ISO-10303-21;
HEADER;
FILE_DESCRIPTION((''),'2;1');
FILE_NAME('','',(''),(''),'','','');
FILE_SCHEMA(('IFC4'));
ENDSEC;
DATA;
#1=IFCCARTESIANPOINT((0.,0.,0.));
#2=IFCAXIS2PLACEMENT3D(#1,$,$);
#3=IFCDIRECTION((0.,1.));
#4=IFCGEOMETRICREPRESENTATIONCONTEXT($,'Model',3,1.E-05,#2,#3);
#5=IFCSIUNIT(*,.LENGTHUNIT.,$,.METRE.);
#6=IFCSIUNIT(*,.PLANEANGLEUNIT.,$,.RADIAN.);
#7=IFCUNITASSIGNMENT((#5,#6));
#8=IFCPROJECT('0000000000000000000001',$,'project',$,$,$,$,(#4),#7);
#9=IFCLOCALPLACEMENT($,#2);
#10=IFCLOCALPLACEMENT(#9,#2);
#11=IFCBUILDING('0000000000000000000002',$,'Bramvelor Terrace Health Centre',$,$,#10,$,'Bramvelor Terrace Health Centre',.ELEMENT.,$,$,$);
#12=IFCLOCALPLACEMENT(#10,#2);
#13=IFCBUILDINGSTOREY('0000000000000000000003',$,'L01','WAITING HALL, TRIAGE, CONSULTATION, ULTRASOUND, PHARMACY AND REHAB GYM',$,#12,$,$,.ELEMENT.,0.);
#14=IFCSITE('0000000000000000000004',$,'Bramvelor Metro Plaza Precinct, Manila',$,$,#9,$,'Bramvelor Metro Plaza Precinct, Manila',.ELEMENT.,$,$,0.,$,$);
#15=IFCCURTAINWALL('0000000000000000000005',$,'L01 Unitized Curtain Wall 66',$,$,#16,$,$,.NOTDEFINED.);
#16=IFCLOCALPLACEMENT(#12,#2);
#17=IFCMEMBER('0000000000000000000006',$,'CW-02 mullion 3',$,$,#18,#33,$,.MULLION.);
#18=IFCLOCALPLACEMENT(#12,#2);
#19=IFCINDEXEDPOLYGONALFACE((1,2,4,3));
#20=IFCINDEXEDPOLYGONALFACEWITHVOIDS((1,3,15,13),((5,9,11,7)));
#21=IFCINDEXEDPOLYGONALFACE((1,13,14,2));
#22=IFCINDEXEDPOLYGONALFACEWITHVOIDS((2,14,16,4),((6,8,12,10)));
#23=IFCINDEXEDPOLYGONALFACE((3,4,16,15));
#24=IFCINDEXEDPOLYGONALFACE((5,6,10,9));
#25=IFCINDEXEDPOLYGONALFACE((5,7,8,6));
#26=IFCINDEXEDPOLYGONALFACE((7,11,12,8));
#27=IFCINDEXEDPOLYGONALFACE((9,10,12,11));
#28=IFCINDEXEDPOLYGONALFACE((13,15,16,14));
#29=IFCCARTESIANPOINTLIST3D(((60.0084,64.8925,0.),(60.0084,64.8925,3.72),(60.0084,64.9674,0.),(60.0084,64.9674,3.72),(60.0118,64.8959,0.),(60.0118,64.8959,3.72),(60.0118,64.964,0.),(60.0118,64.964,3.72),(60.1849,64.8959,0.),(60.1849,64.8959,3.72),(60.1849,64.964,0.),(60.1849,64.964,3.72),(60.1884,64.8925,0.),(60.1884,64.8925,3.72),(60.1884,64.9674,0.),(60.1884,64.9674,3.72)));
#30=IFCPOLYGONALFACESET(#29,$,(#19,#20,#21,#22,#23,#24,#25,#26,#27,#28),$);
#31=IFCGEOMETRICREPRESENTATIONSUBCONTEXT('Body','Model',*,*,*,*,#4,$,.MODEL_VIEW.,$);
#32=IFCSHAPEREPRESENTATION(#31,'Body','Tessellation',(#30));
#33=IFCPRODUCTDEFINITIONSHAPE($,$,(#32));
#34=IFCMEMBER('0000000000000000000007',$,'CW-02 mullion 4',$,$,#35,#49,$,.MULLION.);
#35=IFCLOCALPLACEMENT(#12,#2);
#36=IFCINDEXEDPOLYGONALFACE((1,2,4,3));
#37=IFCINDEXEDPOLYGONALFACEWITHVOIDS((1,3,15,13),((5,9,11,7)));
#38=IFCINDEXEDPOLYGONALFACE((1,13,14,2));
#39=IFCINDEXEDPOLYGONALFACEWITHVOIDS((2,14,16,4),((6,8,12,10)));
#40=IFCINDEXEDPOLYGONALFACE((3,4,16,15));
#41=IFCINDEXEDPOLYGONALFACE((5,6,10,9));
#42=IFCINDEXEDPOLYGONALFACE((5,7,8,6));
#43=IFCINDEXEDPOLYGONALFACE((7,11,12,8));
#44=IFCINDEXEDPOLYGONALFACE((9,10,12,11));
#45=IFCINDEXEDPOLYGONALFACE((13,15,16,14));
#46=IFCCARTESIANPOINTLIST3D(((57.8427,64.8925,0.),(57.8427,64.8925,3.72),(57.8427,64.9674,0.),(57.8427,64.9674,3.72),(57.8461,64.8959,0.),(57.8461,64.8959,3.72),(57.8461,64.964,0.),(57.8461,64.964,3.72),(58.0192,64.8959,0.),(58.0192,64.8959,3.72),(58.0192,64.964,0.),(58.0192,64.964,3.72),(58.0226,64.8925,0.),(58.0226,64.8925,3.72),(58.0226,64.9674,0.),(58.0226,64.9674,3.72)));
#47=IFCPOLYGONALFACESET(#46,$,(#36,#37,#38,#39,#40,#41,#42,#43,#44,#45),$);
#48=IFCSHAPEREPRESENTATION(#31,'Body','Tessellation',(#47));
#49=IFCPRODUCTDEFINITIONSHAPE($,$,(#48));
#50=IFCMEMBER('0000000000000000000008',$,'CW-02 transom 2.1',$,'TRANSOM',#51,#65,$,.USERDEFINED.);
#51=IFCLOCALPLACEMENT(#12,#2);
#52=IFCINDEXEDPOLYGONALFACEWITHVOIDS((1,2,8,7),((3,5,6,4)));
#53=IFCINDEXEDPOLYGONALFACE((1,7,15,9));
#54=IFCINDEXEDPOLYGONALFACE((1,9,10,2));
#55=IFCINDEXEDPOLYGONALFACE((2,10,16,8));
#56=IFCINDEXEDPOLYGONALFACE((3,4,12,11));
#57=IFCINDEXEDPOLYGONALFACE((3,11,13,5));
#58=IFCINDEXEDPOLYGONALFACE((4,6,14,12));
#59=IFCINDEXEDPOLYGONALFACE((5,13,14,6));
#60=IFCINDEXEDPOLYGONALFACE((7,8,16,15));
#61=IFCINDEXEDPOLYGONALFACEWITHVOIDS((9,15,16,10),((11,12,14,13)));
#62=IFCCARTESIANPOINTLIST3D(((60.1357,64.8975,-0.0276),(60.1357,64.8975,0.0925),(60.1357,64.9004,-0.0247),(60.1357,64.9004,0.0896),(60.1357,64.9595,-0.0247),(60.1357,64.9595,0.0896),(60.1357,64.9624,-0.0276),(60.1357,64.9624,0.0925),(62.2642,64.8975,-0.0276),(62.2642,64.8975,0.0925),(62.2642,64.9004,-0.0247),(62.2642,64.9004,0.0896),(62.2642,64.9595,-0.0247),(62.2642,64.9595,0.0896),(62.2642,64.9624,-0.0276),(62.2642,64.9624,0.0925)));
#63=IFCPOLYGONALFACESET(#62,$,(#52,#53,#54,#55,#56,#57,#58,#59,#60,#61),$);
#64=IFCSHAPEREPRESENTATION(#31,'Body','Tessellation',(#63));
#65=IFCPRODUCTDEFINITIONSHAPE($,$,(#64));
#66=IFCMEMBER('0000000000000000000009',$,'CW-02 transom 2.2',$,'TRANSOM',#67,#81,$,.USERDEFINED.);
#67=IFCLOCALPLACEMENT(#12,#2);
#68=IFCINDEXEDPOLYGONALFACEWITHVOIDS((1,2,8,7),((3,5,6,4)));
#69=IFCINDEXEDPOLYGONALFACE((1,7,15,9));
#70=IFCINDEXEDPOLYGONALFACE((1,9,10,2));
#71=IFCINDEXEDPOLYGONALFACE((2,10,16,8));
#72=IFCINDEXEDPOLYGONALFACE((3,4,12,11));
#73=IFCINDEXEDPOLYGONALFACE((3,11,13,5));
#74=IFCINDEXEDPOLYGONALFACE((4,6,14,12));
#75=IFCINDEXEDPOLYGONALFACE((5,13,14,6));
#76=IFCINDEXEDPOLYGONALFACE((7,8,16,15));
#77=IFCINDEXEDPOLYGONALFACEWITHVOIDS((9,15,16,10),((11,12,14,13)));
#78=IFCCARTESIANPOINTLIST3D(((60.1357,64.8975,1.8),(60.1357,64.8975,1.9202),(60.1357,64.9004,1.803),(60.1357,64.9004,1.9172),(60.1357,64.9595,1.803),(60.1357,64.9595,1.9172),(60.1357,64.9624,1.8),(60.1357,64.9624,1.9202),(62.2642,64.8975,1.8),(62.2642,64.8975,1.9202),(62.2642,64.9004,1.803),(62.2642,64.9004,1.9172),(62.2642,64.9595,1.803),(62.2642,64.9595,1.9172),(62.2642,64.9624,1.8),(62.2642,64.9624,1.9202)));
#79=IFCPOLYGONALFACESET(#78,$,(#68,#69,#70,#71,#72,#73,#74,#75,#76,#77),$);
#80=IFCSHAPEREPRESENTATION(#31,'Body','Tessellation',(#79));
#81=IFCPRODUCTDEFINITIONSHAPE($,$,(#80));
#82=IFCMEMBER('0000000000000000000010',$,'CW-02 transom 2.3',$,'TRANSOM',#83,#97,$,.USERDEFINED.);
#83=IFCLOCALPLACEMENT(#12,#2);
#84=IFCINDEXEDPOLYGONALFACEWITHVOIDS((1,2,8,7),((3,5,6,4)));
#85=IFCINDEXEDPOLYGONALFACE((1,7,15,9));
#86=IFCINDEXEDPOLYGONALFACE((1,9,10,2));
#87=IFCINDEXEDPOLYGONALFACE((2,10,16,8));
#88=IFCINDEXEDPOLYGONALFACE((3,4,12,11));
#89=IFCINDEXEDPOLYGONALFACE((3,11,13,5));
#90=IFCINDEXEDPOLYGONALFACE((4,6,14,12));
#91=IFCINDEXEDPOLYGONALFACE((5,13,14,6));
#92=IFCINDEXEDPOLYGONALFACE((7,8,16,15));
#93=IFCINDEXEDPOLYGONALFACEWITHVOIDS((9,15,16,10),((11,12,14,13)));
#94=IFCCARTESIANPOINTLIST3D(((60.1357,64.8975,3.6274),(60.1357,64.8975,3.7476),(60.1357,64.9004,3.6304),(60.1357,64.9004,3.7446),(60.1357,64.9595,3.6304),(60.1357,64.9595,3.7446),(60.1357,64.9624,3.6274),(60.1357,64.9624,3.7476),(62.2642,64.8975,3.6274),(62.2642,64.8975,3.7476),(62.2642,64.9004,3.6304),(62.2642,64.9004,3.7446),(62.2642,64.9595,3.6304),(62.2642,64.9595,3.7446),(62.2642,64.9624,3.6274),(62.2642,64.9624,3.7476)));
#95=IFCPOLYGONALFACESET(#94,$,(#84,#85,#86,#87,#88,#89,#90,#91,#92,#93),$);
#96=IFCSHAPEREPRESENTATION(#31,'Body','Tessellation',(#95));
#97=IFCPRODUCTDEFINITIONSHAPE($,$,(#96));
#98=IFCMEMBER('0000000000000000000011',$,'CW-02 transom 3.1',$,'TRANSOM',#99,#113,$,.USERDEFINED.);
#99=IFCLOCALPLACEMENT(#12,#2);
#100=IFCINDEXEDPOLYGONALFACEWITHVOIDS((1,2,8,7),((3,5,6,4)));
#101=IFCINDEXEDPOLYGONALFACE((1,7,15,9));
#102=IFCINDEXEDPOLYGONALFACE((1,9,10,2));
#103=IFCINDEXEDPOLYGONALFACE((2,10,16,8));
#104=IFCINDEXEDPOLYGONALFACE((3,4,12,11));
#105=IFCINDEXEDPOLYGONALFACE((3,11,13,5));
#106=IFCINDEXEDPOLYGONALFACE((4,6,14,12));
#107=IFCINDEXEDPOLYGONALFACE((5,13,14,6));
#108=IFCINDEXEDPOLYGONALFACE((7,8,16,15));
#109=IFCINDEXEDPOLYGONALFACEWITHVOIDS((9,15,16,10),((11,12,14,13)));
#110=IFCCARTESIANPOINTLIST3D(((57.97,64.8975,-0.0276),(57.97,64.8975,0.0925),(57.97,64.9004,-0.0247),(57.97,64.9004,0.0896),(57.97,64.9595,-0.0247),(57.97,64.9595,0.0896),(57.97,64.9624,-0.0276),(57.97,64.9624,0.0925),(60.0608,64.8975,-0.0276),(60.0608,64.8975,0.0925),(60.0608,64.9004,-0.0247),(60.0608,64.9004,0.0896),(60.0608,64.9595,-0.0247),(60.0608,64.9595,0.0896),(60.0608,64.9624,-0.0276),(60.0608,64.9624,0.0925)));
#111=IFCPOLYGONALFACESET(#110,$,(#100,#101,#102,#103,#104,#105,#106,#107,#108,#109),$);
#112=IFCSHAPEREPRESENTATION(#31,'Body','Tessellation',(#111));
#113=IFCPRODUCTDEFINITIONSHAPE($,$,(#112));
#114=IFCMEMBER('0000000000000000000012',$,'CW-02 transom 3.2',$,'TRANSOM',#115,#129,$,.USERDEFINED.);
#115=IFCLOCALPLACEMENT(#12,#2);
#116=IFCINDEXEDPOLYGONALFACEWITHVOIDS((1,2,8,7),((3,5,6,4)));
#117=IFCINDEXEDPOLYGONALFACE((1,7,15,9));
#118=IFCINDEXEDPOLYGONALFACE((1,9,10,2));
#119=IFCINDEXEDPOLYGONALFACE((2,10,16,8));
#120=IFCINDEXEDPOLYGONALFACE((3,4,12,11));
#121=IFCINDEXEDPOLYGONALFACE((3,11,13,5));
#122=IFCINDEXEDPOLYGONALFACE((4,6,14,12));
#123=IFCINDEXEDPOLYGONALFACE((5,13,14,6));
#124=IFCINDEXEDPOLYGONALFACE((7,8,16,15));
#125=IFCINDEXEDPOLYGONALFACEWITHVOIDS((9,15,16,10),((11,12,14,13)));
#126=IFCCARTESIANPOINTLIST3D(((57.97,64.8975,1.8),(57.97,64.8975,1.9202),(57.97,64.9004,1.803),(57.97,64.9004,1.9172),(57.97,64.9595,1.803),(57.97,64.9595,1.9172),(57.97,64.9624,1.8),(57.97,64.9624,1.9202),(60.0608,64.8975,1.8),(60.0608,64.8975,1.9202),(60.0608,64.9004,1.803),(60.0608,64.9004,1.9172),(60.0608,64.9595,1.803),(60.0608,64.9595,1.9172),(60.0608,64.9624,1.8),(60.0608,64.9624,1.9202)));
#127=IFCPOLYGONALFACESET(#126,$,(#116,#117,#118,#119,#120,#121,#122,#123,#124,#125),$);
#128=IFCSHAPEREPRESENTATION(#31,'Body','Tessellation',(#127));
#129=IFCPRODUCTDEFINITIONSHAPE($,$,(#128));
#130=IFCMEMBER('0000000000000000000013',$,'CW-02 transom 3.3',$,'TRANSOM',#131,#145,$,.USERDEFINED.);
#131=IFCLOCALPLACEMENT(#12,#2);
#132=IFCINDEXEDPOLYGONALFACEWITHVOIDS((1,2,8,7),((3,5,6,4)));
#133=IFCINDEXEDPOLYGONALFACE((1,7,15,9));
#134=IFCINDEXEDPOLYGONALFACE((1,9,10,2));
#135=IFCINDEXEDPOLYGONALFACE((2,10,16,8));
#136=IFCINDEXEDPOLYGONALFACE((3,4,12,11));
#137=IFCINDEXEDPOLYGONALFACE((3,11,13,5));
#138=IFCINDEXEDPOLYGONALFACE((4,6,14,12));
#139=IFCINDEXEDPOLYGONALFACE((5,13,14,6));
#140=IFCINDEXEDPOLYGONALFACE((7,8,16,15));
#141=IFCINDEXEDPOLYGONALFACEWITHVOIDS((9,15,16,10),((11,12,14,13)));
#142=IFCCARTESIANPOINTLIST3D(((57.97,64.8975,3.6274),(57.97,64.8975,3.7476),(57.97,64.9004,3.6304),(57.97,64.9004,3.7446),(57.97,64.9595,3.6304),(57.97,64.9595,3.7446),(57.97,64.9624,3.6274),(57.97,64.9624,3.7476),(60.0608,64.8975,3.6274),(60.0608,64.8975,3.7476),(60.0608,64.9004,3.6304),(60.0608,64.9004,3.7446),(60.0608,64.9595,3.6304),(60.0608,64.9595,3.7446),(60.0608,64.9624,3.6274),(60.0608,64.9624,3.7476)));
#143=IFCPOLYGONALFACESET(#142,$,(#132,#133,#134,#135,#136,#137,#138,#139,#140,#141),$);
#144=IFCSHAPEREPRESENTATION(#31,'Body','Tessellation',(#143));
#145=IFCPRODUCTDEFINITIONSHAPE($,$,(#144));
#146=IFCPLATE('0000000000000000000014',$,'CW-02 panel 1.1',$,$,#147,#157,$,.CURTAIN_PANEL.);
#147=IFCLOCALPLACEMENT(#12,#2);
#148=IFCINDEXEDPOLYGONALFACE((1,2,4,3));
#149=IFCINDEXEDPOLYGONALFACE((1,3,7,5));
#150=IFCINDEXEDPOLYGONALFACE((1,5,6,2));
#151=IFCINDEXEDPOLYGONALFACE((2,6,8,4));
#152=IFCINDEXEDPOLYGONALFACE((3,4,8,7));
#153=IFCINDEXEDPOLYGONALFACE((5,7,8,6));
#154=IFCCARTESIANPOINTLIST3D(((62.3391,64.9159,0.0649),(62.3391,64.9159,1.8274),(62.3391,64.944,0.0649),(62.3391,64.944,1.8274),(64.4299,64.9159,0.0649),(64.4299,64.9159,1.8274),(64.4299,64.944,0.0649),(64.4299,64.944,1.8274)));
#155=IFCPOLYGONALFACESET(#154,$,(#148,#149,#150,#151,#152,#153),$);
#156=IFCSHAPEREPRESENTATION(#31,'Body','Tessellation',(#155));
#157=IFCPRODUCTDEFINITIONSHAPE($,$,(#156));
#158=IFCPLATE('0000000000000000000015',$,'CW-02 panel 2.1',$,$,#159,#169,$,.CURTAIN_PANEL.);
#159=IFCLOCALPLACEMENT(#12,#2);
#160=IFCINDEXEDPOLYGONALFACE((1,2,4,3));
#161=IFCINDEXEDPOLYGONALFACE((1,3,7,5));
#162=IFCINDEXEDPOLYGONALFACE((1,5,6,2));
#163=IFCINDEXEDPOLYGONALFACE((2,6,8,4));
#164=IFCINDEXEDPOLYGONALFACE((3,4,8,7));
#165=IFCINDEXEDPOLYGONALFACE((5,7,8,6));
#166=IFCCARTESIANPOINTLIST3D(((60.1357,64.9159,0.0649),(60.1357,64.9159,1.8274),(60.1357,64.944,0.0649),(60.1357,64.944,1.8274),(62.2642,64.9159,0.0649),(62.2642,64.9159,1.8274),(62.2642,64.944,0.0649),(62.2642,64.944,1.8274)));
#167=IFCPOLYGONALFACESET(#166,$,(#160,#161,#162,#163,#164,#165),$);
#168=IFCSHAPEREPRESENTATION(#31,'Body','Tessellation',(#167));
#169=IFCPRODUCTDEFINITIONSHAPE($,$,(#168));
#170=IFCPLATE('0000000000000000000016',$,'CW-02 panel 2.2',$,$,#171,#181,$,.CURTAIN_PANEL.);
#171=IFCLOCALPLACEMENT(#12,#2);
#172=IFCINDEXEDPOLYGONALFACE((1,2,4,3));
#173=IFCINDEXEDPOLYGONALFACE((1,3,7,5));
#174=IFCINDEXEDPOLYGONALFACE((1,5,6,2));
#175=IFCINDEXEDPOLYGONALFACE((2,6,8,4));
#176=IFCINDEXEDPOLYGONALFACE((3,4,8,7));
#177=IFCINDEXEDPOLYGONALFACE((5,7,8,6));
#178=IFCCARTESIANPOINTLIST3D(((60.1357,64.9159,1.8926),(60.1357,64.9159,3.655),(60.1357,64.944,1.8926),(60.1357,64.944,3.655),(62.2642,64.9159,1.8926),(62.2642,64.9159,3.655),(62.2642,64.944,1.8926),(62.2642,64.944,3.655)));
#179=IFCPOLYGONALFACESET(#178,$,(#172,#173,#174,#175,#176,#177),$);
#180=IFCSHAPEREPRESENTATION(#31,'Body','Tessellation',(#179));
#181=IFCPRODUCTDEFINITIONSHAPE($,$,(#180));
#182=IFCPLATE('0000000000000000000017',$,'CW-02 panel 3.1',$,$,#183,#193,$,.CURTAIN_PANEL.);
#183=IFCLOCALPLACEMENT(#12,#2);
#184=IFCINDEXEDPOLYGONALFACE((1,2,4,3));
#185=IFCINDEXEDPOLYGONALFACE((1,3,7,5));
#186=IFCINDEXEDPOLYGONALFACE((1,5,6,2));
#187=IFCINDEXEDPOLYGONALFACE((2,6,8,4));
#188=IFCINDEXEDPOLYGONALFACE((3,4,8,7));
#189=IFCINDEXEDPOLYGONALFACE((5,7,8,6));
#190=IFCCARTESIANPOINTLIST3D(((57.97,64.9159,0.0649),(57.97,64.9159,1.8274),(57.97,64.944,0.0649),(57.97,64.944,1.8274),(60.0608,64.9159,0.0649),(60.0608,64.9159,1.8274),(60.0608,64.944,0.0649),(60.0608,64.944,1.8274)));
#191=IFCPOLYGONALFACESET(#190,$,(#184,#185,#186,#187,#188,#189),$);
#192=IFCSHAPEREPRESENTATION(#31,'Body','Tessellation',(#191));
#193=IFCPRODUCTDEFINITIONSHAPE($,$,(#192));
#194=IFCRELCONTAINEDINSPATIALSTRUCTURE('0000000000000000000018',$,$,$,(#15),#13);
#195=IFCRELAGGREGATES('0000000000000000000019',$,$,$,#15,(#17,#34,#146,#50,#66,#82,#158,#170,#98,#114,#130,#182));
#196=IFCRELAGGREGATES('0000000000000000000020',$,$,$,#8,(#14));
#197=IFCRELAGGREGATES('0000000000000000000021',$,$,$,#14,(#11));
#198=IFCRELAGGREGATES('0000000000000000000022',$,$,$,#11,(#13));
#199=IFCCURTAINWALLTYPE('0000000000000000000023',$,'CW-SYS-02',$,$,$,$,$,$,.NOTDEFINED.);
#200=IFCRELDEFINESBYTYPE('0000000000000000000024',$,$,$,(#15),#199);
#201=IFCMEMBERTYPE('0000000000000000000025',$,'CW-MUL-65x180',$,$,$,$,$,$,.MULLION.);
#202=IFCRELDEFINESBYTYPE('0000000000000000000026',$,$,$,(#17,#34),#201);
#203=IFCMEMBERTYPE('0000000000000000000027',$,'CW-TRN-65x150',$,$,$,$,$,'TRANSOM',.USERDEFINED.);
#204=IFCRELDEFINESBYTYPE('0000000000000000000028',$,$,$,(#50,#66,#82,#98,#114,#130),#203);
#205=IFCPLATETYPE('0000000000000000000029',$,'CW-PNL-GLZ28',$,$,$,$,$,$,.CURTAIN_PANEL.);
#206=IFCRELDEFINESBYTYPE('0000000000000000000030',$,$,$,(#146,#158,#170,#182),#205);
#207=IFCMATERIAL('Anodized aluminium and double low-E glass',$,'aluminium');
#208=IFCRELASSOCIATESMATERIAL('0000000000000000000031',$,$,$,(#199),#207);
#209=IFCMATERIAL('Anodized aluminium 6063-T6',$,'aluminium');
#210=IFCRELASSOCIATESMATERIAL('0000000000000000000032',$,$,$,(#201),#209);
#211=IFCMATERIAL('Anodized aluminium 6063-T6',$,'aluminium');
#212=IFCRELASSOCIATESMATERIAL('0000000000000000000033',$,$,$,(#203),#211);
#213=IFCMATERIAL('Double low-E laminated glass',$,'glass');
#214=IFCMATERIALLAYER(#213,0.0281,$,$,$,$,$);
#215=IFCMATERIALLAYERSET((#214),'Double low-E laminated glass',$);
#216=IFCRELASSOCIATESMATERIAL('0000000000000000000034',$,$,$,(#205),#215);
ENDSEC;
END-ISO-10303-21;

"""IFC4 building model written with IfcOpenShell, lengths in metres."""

from ifc_helpers import new_model, si_unit, direction, frame, origin, origin_2d, place, context, subcontext, project, spatial, rectangle, hollow_rectangle, extrude, material, layer, layer_set, material_profile, profile_set, type_object, element, aggregate, save


model = new_model("IFC4")

# Units and contexts
model_context = context("Model", 3, precision=1e-05, world=origin(), true_north=direction((0.0, 1.0)))
body_context = subcontext(model_context, "Body", "Model", "MODEL_VIEW")
ifc_project = project(units=[si_unit("LENGTHUNIT", "METRE"), si_unit("PLANEANGLEUNIT", "RADIAN")], contexts=[model_context])

# Site, building, storey
site_placement = place(None, origin())
site = spatial("IfcSite", under=ifc_project, at=site_placement, Name="Bramvelor Metro Plaza Precinct, Manila", LongName="Bramvelor Metro Plaza Precinct, Manila", CompositionType="ELEMENT", RefElevation=0.0)
building_placement = place(site_placement, origin())
building = spatial("IfcBuilding", under=site, at=building_placement, Name="Bramvelor Terrace Health Centre", LongName="Bramvelor Terrace Health Centre", CompositionType="ELEMENT")
storey_placement = place(building_placement, origin())
storey = spatial("IfcBuildingStorey", under=building, at=storey_placement, Name="L01", Description="WAITING HALL, TRIAGE, CONSULTATION, ULTRASOUND, PHARMACY AND REHAB GYM", CompositionType="ELEMENT", Elevation=0.0)

# Shared definitions
ifc_material_1 = material(Name="Anodized aluminium and double low-E glass", Category="aluminium")
curtain_wall_type = type_object("IfcCurtainWallType", Name="CW-SYS-02", PredefinedType="NOTDEFINED", material=ifc_material_1)
ifc_material_2 = material(Name="Anodized aluminium 6063-T6", Category="aluminium")
ifc_material_profile_1 = material_profile(ifc_material_2, hollow_rectangle(XDim=0.075, YDim=0.1799, WallThickness=0.0034, at=origin_2d()), Name="ALU-MUL 75x180x3.5")
ifc_profile_set_1 = profile_set([ifc_material_profile_1], Name="Anodized aluminium 6063-T6")
member_type_1 = type_object("IfcMemberType", Name="CW-MUL-65x180", PredefinedType="MULLION", material=ifc_profile_set_1)

# Curtain wall, members, plates
curtain_wall_1_placement = place(storey_placement, origin())
curtain_wall_1 = element("IfcCurtainWall", 1, at=curtain_wall_1_placement, inside=storey, type_object=curtain_wall_type, Name="L01 Unitized Curtain Wall 66", PredefinedType="NOTDEFINED")
member_1_placement = place(storey_placement, frame((60.0984, 64.9299, 0.0), z_axis=(0.0, 0.0, 1.0), x_axis=(0.0, -1.0, 0.0)))
member_1 = element("IfcMember", 2, at=member_1_placement, type_object=member_type_1, Name="CW-02 mullion 3", PredefinedType="MULLION", context=body_context, shape_type="SweptSolid", body=[
    extrude(hollow_rectangle(XDim=0.075, YDim=0.1799, WallThickness=0.0034, at=origin_2d()), origin(), (0.0, 0.0, 1.0), 3.72),
])
member_2_placement = place(storey_placement, frame((57.9326, 64.9299, 0.0), z_axis=(0.0, 0.0, 1.0), x_axis=(0.0, -1.0, 0.0)))
member_2 = element("IfcMember", 3, at=member_2_placement, type_object=member_type_1, Name="CW-02 mullion 4", PredefinedType="MULLION", context=body_context, shape_type="SweptSolid", body=[
    extrude(hollow_rectangle(XDim=0.075, YDim=0.1799, WallThickness=0.0034, at=origin_2d()), origin(), (0.0, 0.0, 1.0), 3.72),
])
ifc_material_3 = material(Name="Anodized aluminium 6063-T6", Category="aluminium")
ifc_material_profile_2 = material_profile(ifc_material_3, hollow_rectangle(XDim=0.0649, YDim=0.1201, WallThickness=0.0029, at=origin_2d()), Name="ALU-TRN 65x120x3.0")
ifc_profile_set_2 = profile_set([ifc_material_profile_2], Name="Anodized aluminium 6063-T6")
member_type_2 = type_object("IfcMemberType", Name="CW-TRN-65x150", ElementType="TRANSOM", PredefinedType="USERDEFINED", material=ifc_profile_set_2)
member_3_placement = place(storey_placement, frame((62.2642, 64.9299, 0.0325), z_axis=(-1.0, 0.0, 0.0), x_axis=(0.0, -1.0, 0.0)))
member_3 = element("IfcMember", 4, at=member_3_placement, type_object=member_type_2, Name="CW-02 transom 2.1", ObjectType="TRANSOM", PredefinedType="USERDEFINED", context=body_context, shape_type="SweptSolid", body=[
    extrude(hollow_rectangle(XDim=0.0649, YDim=0.1201, WallThickness=0.0029, at=origin_2d()), origin(), (0.0, 0.0, 1.0), 2.1284),
])
member_4_placement = place(storey_placement, frame((62.2642, 64.9299, 1.8601), z_axis=(-1.0, 0.0, 0.0), x_axis=(0.0, -1.0, 0.0)))
member_4 = element("IfcMember", 5, at=member_4_placement, type_object=member_type_2, Name="CW-02 transom 2.2", ObjectType="TRANSOM", PredefinedType="USERDEFINED", context=body_context, shape_type="SweptSolid", body=[
    extrude(hollow_rectangle(XDim=0.0649, YDim=0.1201, WallThickness=0.0029, at=origin_2d()), origin(), (0.0, 0.0, 1.0), 2.1284),
])
member_5_placement = place(storey_placement, frame((62.2642, 64.9299, 3.6875), z_axis=(-1.0, 0.0, 0.0), x_axis=(0.0, -1.0, 0.0)))
member_5 = element("IfcMember", 6, at=member_5_placement, type_object=member_type_2, Name="CW-02 transom 2.3", ObjectType="TRANSOM", PredefinedType="USERDEFINED", context=body_context, shape_type="SweptSolid", body=[
    extrude(hollow_rectangle(XDim=0.0649, YDim=0.1201, WallThickness=0.0029, at=origin_2d()), origin(), (0.0, 0.0, 1.0), 2.1284),
])
member_6_placement = place(storey_placement, frame((60.0608, 64.9299, 0.0325), z_axis=(-1.0, 0.0, 0.0), x_axis=(0.0, -1.0, 0.0)))
member_6 = element("IfcMember", 7, at=member_6_placement, type_object=member_type_2, Name="CW-02 transom 3.1", ObjectType="TRANSOM", PredefinedType="USERDEFINED", context=body_context, shape_type="SweptSolid", body=[
    extrude(hollow_rectangle(XDim=0.0649, YDim=0.1201, WallThickness=0.0029, at=origin_2d()), origin(), (0.0, 0.0, 1.0), 2.0908),
])
member_7_placement = place(storey_placement, frame((60.0608, 64.9299, 1.8601), z_axis=(-1.0, 0.0, 0.0), x_axis=(0.0, -1.0, 0.0)))
member_7 = element("IfcMember", 8, at=member_7_placement, type_object=member_type_2, Name="CW-02 transom 3.2", ObjectType="TRANSOM", PredefinedType="USERDEFINED", context=body_context, shape_type="SweptSolid", body=[
    extrude(hollow_rectangle(XDim=0.0649, YDim=0.1201, WallThickness=0.0029, at=origin_2d()), origin(), (0.0, 0.0, 1.0), 2.0908),
])
member_8_placement = place(storey_placement, frame((60.0608, 64.9299, 3.6875), z_axis=(-1.0, 0.0, 0.0), x_axis=(0.0, -1.0, 0.0)))
member_8 = element("IfcMember", 9, at=member_8_placement, type_object=member_type_2, Name="CW-02 transom 3.3", ObjectType="TRANSOM", PredefinedType="USERDEFINED", context=body_context, shape_type="SweptSolid", body=[
    extrude(hollow_rectangle(XDim=0.0649, YDim=0.1201, WallThickness=0.0029, at=origin_2d()), origin(), (0.0, 0.0, 1.0), 2.0908),
])
ifc_material_4 = material(Name="Double low-E laminated glass", Category="glass")
ifc_layer = layer(ifc_material_4, 0.0281)
ifc_layer_set = layer_set([ifc_layer], Name="Double low-E laminated glass")
plate_type = type_object("IfcPlateType", Name="CW-PNL-GLZ28", PredefinedType="CURTAIN_PANEL", material=ifc_layer_set)
plate_1_placement = place(storey_placement, frame((63.3845, 64.9299, 0.0649), z_axis=(0.0, 0.0, 1.0), x_axis=(-1.0, 0.0, 0.0)))
plate_1 = element("IfcPlate", 10, at=plate_1_placement, type_object=plate_type, Name="CW-02 panel 1.1", PredefinedType="CURTAIN_PANEL", context=body_context, shape_type="SweptSolid", body=[
    extrude(rectangle(XDim=2.0908, YDim=0.0281, at=origin_2d()), origin(), (0.0, 0.0, 1.0), 1.7625),
])
plate_2_placement = place(storey_placement, frame((61.2, 64.9299, 0.0649), z_axis=(0.0, 0.0, 1.0), x_axis=(-1.0, 0.0, 0.0)))
plate_2 = element("IfcPlate", 11, at=plate_2_placement, type_object=plate_type, Name="CW-02 panel 2.1", PredefinedType="CURTAIN_PANEL", context=body_context, shape_type="SweptSolid", body=[
    extrude(rectangle(XDim=2.1284, YDim=0.0281, at=origin_2d()), origin(), (0.0, 0.0, 1.0), 1.7625),
])
plate_3_placement = place(storey_placement, frame((61.2, 64.9299, 1.8926), z_axis=(0.0, 0.0, 1.0), x_axis=(-1.0, 0.0, 0.0)))
plate_3 = element("IfcPlate", 12, at=plate_3_placement, type_object=plate_type, Name="CW-02 panel 2.2", PredefinedType="CURTAIN_PANEL", context=body_context, shape_type="SweptSolid", body=[
    extrude(rectangle(XDim=2.1284, YDim=0.0281, at=origin_2d()), origin(), (0.0, 0.0, 1.0), 1.7625),
])
plate_4_placement = place(storey_placement, frame((59.0154, 64.9299, 0.0649), z_axis=(0.0, 0.0, 1.0), x_axis=(-1.0, 0.0, 0.0)))
plate_4 = element("IfcPlate", 13, at=plate_4_placement, type_object=plate_type, Name="CW-02 panel 3.1", PredefinedType="CURTAIN_PANEL", context=body_context, shape_type="SweptSolid", body=[
    extrude(rectangle(XDim=2.0908, YDim=0.0281, at=origin_2d()), origin(), (0.0, 0.0, 1.0), 1.7625),
])
aggregate(curtain_wall_1, [member_1, member_2, plate_1, member_3, member_4, member_5, plate_2, plate_3, member_6, member_7, member_8, plate_4])

save(model, "model.ifc")
